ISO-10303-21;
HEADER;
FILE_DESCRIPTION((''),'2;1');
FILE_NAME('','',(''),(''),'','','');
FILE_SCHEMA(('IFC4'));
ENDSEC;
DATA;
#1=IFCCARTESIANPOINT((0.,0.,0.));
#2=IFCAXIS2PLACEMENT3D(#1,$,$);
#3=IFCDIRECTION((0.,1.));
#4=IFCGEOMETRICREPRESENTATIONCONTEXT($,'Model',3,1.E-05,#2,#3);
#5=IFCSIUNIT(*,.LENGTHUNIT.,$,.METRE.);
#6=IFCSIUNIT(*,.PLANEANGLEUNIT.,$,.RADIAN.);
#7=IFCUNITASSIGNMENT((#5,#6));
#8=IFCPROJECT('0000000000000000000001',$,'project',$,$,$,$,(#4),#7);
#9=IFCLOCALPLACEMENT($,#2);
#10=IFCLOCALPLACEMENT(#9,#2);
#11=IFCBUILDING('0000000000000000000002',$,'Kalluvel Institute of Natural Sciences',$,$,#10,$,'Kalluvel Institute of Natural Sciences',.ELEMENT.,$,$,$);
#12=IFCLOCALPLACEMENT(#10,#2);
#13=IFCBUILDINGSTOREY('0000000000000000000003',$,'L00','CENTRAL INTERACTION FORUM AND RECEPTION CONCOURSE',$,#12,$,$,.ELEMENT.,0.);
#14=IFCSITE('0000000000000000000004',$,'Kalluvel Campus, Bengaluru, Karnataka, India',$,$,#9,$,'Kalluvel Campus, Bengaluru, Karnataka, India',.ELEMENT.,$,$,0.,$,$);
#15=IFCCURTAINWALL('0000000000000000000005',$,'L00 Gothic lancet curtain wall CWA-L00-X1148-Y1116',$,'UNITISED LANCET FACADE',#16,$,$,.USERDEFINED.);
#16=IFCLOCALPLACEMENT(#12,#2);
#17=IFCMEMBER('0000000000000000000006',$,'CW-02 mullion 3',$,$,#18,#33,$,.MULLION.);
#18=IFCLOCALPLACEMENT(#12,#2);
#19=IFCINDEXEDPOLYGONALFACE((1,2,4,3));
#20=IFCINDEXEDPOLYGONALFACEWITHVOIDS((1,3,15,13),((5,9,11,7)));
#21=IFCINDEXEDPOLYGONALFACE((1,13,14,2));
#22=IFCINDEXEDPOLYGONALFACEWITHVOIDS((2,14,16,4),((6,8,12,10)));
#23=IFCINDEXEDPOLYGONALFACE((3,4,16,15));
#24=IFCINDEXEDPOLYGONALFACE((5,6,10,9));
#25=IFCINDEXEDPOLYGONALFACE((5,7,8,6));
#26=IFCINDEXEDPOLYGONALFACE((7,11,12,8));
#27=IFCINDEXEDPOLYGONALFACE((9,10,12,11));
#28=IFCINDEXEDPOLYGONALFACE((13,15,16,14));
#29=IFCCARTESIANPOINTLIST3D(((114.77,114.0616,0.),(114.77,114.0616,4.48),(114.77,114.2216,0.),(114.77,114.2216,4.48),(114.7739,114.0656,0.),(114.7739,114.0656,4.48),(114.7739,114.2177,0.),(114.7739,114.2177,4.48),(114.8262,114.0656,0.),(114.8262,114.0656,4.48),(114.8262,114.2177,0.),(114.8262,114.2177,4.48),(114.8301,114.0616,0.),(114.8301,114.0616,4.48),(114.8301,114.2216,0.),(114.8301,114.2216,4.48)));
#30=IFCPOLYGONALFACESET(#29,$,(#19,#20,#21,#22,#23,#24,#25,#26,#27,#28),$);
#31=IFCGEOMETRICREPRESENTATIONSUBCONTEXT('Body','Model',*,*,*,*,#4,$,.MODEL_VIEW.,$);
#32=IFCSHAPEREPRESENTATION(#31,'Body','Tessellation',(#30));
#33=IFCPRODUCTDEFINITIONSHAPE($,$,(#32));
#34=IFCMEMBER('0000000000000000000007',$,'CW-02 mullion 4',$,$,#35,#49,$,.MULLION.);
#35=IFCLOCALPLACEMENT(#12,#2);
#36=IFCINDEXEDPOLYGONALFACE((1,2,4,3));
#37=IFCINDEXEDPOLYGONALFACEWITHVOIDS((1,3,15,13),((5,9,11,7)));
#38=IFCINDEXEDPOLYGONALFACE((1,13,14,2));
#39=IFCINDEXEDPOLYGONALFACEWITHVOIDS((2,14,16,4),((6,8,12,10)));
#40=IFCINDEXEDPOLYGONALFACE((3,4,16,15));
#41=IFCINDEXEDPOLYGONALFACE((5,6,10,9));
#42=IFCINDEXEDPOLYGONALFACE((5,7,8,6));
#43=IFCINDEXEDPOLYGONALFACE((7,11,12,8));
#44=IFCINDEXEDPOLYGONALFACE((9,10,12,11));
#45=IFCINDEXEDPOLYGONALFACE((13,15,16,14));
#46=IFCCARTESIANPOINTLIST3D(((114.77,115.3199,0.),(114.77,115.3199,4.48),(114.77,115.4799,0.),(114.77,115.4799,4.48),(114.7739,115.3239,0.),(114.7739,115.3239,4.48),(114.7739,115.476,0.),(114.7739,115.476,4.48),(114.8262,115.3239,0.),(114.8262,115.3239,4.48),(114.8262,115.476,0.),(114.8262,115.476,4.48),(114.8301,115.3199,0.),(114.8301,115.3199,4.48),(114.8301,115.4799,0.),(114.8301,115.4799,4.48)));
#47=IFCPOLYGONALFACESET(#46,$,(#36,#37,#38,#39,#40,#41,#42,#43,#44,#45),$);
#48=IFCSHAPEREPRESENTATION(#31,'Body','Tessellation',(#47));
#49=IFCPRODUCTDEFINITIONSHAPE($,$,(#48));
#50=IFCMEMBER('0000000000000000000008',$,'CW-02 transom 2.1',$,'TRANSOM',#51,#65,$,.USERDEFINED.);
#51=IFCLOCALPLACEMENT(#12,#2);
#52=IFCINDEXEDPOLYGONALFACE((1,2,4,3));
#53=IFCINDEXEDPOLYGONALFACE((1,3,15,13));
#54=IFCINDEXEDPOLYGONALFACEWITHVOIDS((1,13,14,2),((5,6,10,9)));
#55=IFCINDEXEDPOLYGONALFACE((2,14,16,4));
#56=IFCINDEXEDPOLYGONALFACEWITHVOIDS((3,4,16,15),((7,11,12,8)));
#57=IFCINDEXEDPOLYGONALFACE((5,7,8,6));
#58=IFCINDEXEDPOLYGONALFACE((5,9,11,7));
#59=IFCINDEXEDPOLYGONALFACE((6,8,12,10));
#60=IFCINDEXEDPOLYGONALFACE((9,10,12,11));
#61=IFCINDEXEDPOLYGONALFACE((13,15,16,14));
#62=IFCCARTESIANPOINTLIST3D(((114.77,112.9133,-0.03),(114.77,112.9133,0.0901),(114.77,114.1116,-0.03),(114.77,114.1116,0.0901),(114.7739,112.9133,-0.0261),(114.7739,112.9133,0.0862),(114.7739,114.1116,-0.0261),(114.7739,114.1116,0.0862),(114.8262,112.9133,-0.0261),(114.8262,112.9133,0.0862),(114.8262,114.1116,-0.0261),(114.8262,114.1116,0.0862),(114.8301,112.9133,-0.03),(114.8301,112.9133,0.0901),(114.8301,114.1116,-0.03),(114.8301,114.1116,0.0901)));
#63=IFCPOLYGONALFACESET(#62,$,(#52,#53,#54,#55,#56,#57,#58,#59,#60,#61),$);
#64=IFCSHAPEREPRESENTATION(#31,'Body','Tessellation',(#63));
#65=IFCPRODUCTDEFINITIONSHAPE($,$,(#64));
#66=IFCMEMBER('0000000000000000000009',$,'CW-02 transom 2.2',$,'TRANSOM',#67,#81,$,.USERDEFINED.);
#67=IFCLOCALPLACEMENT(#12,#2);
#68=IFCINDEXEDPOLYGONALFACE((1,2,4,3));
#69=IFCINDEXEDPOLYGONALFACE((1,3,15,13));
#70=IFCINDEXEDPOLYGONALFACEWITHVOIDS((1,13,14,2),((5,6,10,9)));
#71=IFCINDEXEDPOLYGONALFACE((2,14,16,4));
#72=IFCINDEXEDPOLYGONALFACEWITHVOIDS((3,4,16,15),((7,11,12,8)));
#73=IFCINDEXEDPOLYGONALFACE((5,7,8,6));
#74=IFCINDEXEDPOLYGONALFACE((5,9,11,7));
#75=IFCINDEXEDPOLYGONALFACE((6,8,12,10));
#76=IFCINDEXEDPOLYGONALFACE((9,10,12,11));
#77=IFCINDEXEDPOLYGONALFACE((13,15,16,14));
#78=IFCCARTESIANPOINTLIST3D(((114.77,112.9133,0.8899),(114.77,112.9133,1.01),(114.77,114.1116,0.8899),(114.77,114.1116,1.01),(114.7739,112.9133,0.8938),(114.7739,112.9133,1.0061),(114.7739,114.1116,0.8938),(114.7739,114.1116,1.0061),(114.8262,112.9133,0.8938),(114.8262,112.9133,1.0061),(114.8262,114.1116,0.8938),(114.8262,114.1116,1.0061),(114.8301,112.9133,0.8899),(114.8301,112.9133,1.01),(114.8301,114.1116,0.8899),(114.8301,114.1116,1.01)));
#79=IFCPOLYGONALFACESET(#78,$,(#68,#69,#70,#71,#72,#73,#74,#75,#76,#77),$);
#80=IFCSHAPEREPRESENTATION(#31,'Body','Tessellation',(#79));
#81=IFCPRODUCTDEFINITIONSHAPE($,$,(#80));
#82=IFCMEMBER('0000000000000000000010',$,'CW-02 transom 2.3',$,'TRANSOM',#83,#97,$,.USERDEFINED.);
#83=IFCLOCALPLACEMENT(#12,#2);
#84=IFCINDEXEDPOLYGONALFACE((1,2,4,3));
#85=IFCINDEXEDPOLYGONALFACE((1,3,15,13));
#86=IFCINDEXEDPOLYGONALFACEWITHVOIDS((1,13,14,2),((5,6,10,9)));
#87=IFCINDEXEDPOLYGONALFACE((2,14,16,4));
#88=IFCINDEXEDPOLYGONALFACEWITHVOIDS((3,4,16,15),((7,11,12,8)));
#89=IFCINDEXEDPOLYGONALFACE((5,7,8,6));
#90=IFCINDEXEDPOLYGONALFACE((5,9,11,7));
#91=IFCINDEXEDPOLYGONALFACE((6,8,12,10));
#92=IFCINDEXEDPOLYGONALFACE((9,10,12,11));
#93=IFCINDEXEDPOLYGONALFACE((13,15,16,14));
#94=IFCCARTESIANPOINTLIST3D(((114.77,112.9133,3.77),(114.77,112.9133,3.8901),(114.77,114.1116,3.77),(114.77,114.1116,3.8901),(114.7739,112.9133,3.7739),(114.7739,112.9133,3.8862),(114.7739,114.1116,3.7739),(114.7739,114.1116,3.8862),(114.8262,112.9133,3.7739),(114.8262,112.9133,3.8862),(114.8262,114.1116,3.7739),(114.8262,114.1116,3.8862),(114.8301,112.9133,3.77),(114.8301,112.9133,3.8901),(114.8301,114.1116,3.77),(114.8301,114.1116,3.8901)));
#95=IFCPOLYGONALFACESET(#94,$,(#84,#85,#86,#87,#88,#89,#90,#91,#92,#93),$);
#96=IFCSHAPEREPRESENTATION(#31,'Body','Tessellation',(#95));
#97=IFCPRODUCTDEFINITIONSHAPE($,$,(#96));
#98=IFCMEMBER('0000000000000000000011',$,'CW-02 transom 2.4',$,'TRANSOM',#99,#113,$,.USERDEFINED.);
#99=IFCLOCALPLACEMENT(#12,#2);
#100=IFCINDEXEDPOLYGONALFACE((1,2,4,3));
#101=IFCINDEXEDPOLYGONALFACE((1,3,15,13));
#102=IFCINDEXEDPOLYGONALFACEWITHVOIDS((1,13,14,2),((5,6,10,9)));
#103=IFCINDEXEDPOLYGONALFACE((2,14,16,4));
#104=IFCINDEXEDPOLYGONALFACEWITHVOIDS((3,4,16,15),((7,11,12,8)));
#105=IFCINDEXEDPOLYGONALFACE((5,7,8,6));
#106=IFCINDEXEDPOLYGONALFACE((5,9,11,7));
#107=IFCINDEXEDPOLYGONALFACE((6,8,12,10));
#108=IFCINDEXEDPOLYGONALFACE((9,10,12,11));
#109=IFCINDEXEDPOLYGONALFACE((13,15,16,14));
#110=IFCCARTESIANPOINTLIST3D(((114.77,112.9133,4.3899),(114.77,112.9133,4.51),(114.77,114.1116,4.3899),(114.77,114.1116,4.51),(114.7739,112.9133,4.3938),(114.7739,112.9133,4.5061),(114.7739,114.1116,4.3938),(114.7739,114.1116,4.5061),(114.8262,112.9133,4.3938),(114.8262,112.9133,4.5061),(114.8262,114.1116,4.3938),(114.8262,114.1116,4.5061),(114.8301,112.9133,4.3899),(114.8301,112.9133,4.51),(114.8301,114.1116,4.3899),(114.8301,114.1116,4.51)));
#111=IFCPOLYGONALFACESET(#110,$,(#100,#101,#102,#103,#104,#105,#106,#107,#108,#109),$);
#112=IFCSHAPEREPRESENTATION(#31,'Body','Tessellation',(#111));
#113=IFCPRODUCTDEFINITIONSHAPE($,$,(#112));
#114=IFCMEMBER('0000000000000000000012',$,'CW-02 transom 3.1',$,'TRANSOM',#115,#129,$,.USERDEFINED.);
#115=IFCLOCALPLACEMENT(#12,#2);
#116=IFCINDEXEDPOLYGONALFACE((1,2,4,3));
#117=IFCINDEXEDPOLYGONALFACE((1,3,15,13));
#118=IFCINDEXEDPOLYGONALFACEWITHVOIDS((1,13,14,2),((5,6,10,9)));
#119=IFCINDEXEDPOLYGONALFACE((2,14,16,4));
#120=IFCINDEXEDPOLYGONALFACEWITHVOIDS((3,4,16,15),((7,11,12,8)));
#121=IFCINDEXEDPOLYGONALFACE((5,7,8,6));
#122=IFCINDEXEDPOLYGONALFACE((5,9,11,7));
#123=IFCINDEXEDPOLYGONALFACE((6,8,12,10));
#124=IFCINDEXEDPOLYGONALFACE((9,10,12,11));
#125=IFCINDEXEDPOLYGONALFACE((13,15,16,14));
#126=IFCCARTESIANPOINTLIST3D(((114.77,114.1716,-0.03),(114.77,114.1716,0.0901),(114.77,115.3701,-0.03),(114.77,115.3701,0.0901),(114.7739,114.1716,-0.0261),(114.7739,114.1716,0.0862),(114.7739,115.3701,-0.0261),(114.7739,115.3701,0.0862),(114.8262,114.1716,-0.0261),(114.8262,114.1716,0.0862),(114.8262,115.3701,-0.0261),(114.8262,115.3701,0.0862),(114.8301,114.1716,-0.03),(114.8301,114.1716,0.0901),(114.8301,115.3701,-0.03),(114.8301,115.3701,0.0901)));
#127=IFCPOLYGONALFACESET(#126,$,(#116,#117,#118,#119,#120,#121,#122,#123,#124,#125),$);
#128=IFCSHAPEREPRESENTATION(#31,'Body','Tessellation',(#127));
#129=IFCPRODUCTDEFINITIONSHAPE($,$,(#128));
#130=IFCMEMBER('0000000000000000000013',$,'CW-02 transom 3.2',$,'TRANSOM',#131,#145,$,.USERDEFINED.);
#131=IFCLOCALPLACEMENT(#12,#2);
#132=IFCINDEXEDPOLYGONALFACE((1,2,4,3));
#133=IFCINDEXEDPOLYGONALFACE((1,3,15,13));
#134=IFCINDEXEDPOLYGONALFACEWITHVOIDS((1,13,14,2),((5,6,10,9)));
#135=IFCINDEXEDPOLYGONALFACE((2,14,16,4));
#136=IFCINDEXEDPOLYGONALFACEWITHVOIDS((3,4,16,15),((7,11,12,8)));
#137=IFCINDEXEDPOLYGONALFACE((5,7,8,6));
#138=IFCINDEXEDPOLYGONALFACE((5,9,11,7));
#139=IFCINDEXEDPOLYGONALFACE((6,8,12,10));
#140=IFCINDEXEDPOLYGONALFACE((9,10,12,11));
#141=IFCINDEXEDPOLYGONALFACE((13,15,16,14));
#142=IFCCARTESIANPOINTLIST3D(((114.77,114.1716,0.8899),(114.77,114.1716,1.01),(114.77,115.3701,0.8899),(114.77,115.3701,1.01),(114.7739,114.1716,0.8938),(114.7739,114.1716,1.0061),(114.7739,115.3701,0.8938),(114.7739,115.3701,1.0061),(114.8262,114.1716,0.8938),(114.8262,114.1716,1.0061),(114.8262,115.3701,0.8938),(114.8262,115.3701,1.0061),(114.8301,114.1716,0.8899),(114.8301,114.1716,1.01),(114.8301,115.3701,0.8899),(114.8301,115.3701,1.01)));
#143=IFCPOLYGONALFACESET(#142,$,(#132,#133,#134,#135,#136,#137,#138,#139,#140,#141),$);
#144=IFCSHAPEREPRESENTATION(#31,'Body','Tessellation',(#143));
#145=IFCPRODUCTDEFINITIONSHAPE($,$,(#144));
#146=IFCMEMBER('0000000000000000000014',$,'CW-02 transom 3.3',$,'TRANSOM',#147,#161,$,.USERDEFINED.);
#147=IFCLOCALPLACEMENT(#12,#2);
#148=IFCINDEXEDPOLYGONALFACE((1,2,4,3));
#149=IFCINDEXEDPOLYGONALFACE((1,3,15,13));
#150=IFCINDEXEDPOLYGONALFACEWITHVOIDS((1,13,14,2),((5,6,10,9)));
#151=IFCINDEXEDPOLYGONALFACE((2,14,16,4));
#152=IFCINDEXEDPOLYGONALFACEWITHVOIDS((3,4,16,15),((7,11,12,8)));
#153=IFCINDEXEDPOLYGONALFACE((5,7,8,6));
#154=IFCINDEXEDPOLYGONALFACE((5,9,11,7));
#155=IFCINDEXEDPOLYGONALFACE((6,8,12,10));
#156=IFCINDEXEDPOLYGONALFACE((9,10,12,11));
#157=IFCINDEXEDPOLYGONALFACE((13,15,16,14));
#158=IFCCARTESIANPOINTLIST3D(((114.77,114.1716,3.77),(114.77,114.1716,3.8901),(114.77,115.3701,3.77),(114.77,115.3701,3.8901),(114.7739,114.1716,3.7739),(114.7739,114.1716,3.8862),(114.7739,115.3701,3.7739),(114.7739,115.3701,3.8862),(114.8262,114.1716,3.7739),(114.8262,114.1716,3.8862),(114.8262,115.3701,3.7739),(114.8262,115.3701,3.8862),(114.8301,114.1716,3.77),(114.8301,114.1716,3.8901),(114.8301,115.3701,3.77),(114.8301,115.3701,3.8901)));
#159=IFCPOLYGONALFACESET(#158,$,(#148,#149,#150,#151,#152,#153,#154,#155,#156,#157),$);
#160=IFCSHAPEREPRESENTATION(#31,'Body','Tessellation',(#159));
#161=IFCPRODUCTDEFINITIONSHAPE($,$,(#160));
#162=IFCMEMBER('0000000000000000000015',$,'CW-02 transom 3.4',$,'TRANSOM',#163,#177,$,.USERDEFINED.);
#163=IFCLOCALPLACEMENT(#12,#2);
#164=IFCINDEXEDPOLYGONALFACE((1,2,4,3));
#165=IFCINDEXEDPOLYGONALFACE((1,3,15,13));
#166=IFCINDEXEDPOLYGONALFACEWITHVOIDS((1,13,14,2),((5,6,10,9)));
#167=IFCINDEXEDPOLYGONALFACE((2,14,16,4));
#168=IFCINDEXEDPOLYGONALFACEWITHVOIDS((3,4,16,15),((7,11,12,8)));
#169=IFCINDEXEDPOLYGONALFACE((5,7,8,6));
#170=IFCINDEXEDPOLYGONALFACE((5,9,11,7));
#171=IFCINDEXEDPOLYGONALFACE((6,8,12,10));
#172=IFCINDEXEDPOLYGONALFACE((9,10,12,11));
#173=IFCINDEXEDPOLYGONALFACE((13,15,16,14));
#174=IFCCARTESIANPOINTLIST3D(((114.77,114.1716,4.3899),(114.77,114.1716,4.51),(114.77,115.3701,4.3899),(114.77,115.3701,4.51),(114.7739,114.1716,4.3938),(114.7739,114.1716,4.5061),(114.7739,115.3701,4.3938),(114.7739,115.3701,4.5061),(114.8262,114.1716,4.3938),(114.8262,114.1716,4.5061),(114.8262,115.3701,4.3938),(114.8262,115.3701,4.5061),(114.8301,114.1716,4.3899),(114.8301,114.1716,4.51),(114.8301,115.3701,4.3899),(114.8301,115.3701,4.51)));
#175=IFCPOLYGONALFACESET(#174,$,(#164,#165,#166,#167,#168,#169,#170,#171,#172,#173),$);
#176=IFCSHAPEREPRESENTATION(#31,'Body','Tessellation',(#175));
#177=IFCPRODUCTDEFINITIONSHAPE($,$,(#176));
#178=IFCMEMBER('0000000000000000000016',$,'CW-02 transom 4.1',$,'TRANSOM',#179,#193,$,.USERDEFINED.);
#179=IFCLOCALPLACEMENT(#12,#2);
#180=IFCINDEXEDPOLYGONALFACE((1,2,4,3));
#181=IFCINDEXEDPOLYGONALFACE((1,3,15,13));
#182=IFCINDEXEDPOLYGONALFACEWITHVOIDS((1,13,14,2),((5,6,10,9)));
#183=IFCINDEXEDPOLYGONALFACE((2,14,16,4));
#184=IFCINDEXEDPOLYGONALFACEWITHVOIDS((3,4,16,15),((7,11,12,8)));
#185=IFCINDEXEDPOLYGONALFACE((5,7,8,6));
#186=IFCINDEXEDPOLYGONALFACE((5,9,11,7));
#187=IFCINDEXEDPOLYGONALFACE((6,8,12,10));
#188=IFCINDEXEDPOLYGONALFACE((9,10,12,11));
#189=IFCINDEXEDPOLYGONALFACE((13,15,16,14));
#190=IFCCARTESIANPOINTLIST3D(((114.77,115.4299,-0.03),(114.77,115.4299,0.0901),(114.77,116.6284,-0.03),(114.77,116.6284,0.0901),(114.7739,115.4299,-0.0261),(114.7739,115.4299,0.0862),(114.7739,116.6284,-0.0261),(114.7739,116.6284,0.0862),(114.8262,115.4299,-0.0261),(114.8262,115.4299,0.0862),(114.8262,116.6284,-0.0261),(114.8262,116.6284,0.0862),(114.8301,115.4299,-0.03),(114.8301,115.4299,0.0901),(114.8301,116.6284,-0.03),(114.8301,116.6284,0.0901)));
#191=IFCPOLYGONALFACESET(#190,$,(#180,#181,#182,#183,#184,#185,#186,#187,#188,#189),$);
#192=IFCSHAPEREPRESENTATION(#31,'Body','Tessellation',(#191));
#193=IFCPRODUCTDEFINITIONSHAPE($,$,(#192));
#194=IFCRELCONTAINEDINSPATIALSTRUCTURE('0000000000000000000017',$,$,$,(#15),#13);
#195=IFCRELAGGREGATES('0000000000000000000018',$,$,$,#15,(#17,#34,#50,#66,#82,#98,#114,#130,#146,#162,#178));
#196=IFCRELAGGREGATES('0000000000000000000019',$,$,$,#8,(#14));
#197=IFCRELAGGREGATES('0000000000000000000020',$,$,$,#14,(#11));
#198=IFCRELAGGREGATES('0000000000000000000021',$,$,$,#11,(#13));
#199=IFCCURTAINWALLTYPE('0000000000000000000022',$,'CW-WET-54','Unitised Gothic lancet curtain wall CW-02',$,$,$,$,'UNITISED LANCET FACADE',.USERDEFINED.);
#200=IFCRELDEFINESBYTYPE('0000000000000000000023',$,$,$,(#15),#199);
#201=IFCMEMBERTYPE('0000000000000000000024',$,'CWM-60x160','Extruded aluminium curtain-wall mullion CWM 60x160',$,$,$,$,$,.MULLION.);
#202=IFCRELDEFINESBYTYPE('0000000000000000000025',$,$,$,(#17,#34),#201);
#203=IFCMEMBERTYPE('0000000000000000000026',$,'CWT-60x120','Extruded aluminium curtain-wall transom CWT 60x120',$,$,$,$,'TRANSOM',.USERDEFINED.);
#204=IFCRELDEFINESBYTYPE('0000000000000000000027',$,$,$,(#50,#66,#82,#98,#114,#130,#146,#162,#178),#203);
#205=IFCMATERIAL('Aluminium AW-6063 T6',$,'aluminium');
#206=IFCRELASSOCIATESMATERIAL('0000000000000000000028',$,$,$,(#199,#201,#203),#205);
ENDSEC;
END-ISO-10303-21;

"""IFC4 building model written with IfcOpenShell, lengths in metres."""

from ifc_helpers import new_model, si_unit, direction, frame, origin, origin_2d, place, context, subcontext, project, spatial, hollow_rectangle, extrude, material, material_profile, profile_set, type_object, element, aggregate, save


model = new_model("IFC4")

# Units and contexts
model_context = context("Model", 3, precision=1e-05, world=origin(), true_north=direction((0.0, 1.0)))
body_context = subcontext(model_context, "Body", "Model", "MODEL_VIEW")
ifc_project = project(units=[si_unit("LENGTHUNIT", "METRE"), si_unit("PLANEANGLEUNIT", "RADIAN")], contexts=[model_context])

# Site, building, storey
site_placement = place(None, origin())
site = spatial("IfcSite", under=ifc_project, at=site_placement, Name="Kalluvel Campus, Bengaluru, Karnataka, India", LongName="Kalluvel Campus, Bengaluru, Karnataka, India", CompositionType="ELEMENT", RefElevation=0.0)
building_placement = place(site_placement, origin())
building = spatial("IfcBuilding", under=site, at=building_placement, Name="Kalluvel Institute of Natural Sciences", LongName="Kalluvel Institute of Natural Sciences", CompositionType="ELEMENT")
storey_placement = place(building_placement, origin())
storey = spatial("IfcBuildingStorey", under=building, at=storey_placement, Name="L00", Description="CENTRAL INTERACTION FORUM AND RECEPTION CONCOURSE", CompositionType="ELEMENT", Elevation=0.0)

# Curtain wall, members
ifc_material_1 = material(Name="Aluminium AW-6063 T6", Category="aluminium")
curtain_wall_type = type_object("IfcCurtainWallType", Name="CW-WET-54", Description="Unitised Gothic lancet curtain wall CW-02", ElementType="UNITISED LANCET FACADE", PredefinedType="USERDEFINED", material=ifc_material_1)
curtain_wall_placement = place(storey_placement, origin())
curtain_wall = element("IfcCurtainWall", 1, at=curtain_wall_placement, inside=storey, type_object=curtain_wall_type, Name="L00 Gothic lancet curtain wall CWA-L00-X1148-Y1116", ObjectType="UNITISED LANCET FACADE", PredefinedType="USERDEFINED")
ifc_material_profile_1 = material_profile(ifc_material_1, hollow_rectangle(XDim=0.0601, YDim=0.1599, WallThickness=0.0039, at=origin_2d()), Name="CWM 60x160")
ifc_profile_set_1 = profile_set([ifc_material_profile_1], Name="Aluminium AW-6063 T6")
member_type_1 = type_object("IfcMemberType", Name="CWM-60x160", Description="Extruded aluminium curtain-wall mullion CWM 60x160", PredefinedType="MULLION", material=ifc_profile_set_1)
member_1_placement = place(storey_placement, frame((114.8, 114.1416, 0.0), z_axis=(0.0, 0.0, 1.0), x_axis=(-1.0, 0.0, 0.0)))
member_1 = element("IfcMember", 2, at=member_1_placement, type_object=member_type_1, Name="CW-02 mullion 3", PredefinedType="MULLION", context=body_context, shape_type="SweptSolid", body=[
    extrude(hollow_rectangle(XDim=0.0601, YDim=0.1599, WallThickness=0.0039, at=origin_2d()), origin(), (0.0, 0.0, 1.0), 4.48),
])
member_2_placement = place(storey_placement, frame((114.8, 115.3999, 0.0), z_axis=(0.0, 0.0, 1.0), x_axis=(-1.0, 0.0, 0.0)))
member_2 = element("IfcMember", 3, at=member_2_placement, type_object=member_type_1, Name="CW-02 mullion 4", PredefinedType="MULLION", context=body_context, shape_type="SweptSolid", body=[
    extrude(hollow_rectangle(XDim=0.0601, YDim=0.1599, WallThickness=0.0039, at=origin_2d()), origin(), (0.0, 0.0, 1.0), 4.48),
])
ifc_material_profile_2 = material_profile(ifc_material_1, hollow_rectangle(XDim=0.0601, YDim=0.1201, WallThickness=0.0039, at=origin_2d()), Name="CWT 60x120")
ifc_profile_set_2 = profile_set([ifc_material_profile_2], Name="Aluminium AW-6063 T6")
member_type_2 = type_object("IfcMemberType", Name="CWT-60x120", Description="Extruded aluminium curtain-wall transom CWT 60x120", ElementType="TRANSOM", PredefinedType="USERDEFINED", material=ifc_profile_set_2)
member_3_placement = place(storey_placement, frame((114.8, 112.9133, 0.03), z_axis=(0.0, 1.0, 0.0), x_axis=(-1.0, 0.0, 0.0)))
member_3 = element("IfcMember", 4, at=member_3_placement, type_object=member_type_2, Name="CW-02 transom 2.1", ObjectType="TRANSOM", PredefinedType="USERDEFINED", context=body_context, shape_type="SweptSolid", body=[
    extrude(hollow_rectangle(XDim=0.0601, YDim=0.1201, WallThickness=0.0039, at=origin_2d()), origin(), (0.0, 0.0, 1.0), 1.1982),
])
member_4_placement = place(storey_placement, frame((114.8, 112.9133, 0.95), z_axis=(0.0, 1.0, 0.0), x_axis=(-1.0, 0.0, 0.0)))
member_4 = element("IfcMember", 5, at=member_4_placement, type_object=member_type_2, Name="CW-02 transom 2.2", ObjectType="TRANSOM", PredefinedType="USERDEFINED", context=body_context, shape_type="SweptSolid", body=[
    extrude(hollow_rectangle(XDim=0.0601, YDim=0.1201, WallThickness=0.0039, at=origin_2d()), origin(), (0.0, 0.0, 1.0), 1.1982),
])
member_5_placement = place(storey_placement, frame((114.8, 112.9133, 3.8301), z_axis=(0.0, 1.0, 0.0), x_axis=(-1.0, 0.0, 0.0)))
member_5 = element("IfcMember", 6, at=member_5_placement, type_object=member_type_2, Name="CW-02 transom 2.3", ObjectType="TRANSOM", PredefinedType="USERDEFINED", context=body_context, shape_type="SweptSolid", body=[
    extrude(hollow_rectangle(XDim=0.0601, YDim=0.1201, WallThickness=0.0039, at=origin_2d()), origin(), (0.0, 0.0, 1.0), 1.1982),
])
member_6_placement = place(storey_placement, frame((114.8, 112.9133, 4.45), z_axis=(0.0, 1.0, 0.0), x_axis=(-1.0, 0.0, 0.0)))
member_6 = element("IfcMember", 7, at=member_6_placement, type_object=member_type_2, Name="CW-02 transom 2.4", ObjectType="TRANSOM", PredefinedType="USERDEFINED", context=body_context, shape_type="SweptSolid", body=[
    extrude(hollow_rectangle(XDim=0.0601, YDim=0.1201, WallThickness=0.0039, at=origin_2d()), origin(), (0.0, 0.0, 1.0), 1.1982),
])
member_7_placement = place(storey_placement, frame((114.8, 114.1716, 0.03), z_axis=(0.0, 1.0, 0.0), x_axis=(-1.0, 0.0, 0.0)))
member_7 = element("IfcMember", 8, at=member_7_placement, type_object=member_type_2, Name="CW-02 transom 3.1", ObjectType="TRANSOM", PredefinedType="USERDEFINED", context=body_context, shape_type="SweptSolid", body=[
    extrude(hollow_rectangle(XDim=0.0601, YDim=0.1201, WallThickness=0.0039, at=origin_2d()), origin(), (0.0, 0.0, 1.0), 1.1985),
])
member_8_placement = place(storey_placement, frame((114.8, 114.1716, 0.95), z_axis=(0.0, 1.0, 0.0), x_axis=(-1.0, 0.0, 0.0)))
member_8 = element("IfcMember", 9, at=member_8_placement, type_object=member_type_2, Name="CW-02 transom 3.2", ObjectType="TRANSOM", PredefinedType="USERDEFINED", context=body_context, shape_type="SweptSolid", body=[
    extrude(hollow_rectangle(XDim=0.0601, YDim=0.1201, WallThickness=0.0039, at=origin_2d()), origin(), (0.0, 0.0, 1.0), 1.1985),
])
member_9_placement = place(storey_placement, frame((114.8, 114.1716, 3.8301), z_axis=(0.0, 1.0, 0.0), x_axis=(-1.0, 0.0, 0.0)))
member_9 = element("IfcMember", 10, at=member_9_placement, type_object=member_type_2, Name="CW-02 transom 3.3", ObjectType="TRANSOM", PredefinedType="USERDEFINED", context=body_context, shape_type="SweptSolid", body=[
    extrude(hollow_rectangle(XDim=0.0601, YDim=0.1201, WallThickness=0.0039, at=origin_2d()), origin(), (0.0, 0.0, 1.0), 1.1985),
])
member_10_placement = place(storey_placement, frame((114.8, 114.1716, 4.45), z_axis=(0.0, 1.0, 0.0), x_axis=(-1.0, 0.0, 0.0)))
member_10 = element("IfcMember", 11, at=member_10_placement, type_object=member_type_2, Name="CW-02 transom 3.4", ObjectType="TRANSOM", PredefinedType="USERDEFINED", context=body_context, shape_type="SweptSolid", body=[
    extrude(hollow_rectangle(XDim=0.0601, YDim=0.1201, WallThickness=0.0039, at=origin_2d()), origin(), (0.0, 0.0, 1.0), 1.1985),
])
member_11_placement = place(storey_placement, frame((114.8, 115.4299, 0.03), z_axis=(0.0, 1.0, 0.0), x_axis=(-1.0, 0.0, 0.0)))
member_11 = element("IfcMember", 12, at=member_11_placement, type_object=member_type_2, Name="CW-02 transom 4.1", ObjectType="TRANSOM", PredefinedType="USERDEFINED", context=body_context, shape_type="SweptSolid", body=[
    extrude(hollow_rectangle(XDim=0.0601, YDim=0.1201, WallThickness=0.0039, at=origin_2d()), origin(), (0.0, 0.0, 1.0), 1.1985),
])
aggregate(curtain_wall, [member_1, member_2, member_3, member_4, member_5, member_6, member_7, member_8, member_9, member_10, member_11])

save(model, "model.ifc")
